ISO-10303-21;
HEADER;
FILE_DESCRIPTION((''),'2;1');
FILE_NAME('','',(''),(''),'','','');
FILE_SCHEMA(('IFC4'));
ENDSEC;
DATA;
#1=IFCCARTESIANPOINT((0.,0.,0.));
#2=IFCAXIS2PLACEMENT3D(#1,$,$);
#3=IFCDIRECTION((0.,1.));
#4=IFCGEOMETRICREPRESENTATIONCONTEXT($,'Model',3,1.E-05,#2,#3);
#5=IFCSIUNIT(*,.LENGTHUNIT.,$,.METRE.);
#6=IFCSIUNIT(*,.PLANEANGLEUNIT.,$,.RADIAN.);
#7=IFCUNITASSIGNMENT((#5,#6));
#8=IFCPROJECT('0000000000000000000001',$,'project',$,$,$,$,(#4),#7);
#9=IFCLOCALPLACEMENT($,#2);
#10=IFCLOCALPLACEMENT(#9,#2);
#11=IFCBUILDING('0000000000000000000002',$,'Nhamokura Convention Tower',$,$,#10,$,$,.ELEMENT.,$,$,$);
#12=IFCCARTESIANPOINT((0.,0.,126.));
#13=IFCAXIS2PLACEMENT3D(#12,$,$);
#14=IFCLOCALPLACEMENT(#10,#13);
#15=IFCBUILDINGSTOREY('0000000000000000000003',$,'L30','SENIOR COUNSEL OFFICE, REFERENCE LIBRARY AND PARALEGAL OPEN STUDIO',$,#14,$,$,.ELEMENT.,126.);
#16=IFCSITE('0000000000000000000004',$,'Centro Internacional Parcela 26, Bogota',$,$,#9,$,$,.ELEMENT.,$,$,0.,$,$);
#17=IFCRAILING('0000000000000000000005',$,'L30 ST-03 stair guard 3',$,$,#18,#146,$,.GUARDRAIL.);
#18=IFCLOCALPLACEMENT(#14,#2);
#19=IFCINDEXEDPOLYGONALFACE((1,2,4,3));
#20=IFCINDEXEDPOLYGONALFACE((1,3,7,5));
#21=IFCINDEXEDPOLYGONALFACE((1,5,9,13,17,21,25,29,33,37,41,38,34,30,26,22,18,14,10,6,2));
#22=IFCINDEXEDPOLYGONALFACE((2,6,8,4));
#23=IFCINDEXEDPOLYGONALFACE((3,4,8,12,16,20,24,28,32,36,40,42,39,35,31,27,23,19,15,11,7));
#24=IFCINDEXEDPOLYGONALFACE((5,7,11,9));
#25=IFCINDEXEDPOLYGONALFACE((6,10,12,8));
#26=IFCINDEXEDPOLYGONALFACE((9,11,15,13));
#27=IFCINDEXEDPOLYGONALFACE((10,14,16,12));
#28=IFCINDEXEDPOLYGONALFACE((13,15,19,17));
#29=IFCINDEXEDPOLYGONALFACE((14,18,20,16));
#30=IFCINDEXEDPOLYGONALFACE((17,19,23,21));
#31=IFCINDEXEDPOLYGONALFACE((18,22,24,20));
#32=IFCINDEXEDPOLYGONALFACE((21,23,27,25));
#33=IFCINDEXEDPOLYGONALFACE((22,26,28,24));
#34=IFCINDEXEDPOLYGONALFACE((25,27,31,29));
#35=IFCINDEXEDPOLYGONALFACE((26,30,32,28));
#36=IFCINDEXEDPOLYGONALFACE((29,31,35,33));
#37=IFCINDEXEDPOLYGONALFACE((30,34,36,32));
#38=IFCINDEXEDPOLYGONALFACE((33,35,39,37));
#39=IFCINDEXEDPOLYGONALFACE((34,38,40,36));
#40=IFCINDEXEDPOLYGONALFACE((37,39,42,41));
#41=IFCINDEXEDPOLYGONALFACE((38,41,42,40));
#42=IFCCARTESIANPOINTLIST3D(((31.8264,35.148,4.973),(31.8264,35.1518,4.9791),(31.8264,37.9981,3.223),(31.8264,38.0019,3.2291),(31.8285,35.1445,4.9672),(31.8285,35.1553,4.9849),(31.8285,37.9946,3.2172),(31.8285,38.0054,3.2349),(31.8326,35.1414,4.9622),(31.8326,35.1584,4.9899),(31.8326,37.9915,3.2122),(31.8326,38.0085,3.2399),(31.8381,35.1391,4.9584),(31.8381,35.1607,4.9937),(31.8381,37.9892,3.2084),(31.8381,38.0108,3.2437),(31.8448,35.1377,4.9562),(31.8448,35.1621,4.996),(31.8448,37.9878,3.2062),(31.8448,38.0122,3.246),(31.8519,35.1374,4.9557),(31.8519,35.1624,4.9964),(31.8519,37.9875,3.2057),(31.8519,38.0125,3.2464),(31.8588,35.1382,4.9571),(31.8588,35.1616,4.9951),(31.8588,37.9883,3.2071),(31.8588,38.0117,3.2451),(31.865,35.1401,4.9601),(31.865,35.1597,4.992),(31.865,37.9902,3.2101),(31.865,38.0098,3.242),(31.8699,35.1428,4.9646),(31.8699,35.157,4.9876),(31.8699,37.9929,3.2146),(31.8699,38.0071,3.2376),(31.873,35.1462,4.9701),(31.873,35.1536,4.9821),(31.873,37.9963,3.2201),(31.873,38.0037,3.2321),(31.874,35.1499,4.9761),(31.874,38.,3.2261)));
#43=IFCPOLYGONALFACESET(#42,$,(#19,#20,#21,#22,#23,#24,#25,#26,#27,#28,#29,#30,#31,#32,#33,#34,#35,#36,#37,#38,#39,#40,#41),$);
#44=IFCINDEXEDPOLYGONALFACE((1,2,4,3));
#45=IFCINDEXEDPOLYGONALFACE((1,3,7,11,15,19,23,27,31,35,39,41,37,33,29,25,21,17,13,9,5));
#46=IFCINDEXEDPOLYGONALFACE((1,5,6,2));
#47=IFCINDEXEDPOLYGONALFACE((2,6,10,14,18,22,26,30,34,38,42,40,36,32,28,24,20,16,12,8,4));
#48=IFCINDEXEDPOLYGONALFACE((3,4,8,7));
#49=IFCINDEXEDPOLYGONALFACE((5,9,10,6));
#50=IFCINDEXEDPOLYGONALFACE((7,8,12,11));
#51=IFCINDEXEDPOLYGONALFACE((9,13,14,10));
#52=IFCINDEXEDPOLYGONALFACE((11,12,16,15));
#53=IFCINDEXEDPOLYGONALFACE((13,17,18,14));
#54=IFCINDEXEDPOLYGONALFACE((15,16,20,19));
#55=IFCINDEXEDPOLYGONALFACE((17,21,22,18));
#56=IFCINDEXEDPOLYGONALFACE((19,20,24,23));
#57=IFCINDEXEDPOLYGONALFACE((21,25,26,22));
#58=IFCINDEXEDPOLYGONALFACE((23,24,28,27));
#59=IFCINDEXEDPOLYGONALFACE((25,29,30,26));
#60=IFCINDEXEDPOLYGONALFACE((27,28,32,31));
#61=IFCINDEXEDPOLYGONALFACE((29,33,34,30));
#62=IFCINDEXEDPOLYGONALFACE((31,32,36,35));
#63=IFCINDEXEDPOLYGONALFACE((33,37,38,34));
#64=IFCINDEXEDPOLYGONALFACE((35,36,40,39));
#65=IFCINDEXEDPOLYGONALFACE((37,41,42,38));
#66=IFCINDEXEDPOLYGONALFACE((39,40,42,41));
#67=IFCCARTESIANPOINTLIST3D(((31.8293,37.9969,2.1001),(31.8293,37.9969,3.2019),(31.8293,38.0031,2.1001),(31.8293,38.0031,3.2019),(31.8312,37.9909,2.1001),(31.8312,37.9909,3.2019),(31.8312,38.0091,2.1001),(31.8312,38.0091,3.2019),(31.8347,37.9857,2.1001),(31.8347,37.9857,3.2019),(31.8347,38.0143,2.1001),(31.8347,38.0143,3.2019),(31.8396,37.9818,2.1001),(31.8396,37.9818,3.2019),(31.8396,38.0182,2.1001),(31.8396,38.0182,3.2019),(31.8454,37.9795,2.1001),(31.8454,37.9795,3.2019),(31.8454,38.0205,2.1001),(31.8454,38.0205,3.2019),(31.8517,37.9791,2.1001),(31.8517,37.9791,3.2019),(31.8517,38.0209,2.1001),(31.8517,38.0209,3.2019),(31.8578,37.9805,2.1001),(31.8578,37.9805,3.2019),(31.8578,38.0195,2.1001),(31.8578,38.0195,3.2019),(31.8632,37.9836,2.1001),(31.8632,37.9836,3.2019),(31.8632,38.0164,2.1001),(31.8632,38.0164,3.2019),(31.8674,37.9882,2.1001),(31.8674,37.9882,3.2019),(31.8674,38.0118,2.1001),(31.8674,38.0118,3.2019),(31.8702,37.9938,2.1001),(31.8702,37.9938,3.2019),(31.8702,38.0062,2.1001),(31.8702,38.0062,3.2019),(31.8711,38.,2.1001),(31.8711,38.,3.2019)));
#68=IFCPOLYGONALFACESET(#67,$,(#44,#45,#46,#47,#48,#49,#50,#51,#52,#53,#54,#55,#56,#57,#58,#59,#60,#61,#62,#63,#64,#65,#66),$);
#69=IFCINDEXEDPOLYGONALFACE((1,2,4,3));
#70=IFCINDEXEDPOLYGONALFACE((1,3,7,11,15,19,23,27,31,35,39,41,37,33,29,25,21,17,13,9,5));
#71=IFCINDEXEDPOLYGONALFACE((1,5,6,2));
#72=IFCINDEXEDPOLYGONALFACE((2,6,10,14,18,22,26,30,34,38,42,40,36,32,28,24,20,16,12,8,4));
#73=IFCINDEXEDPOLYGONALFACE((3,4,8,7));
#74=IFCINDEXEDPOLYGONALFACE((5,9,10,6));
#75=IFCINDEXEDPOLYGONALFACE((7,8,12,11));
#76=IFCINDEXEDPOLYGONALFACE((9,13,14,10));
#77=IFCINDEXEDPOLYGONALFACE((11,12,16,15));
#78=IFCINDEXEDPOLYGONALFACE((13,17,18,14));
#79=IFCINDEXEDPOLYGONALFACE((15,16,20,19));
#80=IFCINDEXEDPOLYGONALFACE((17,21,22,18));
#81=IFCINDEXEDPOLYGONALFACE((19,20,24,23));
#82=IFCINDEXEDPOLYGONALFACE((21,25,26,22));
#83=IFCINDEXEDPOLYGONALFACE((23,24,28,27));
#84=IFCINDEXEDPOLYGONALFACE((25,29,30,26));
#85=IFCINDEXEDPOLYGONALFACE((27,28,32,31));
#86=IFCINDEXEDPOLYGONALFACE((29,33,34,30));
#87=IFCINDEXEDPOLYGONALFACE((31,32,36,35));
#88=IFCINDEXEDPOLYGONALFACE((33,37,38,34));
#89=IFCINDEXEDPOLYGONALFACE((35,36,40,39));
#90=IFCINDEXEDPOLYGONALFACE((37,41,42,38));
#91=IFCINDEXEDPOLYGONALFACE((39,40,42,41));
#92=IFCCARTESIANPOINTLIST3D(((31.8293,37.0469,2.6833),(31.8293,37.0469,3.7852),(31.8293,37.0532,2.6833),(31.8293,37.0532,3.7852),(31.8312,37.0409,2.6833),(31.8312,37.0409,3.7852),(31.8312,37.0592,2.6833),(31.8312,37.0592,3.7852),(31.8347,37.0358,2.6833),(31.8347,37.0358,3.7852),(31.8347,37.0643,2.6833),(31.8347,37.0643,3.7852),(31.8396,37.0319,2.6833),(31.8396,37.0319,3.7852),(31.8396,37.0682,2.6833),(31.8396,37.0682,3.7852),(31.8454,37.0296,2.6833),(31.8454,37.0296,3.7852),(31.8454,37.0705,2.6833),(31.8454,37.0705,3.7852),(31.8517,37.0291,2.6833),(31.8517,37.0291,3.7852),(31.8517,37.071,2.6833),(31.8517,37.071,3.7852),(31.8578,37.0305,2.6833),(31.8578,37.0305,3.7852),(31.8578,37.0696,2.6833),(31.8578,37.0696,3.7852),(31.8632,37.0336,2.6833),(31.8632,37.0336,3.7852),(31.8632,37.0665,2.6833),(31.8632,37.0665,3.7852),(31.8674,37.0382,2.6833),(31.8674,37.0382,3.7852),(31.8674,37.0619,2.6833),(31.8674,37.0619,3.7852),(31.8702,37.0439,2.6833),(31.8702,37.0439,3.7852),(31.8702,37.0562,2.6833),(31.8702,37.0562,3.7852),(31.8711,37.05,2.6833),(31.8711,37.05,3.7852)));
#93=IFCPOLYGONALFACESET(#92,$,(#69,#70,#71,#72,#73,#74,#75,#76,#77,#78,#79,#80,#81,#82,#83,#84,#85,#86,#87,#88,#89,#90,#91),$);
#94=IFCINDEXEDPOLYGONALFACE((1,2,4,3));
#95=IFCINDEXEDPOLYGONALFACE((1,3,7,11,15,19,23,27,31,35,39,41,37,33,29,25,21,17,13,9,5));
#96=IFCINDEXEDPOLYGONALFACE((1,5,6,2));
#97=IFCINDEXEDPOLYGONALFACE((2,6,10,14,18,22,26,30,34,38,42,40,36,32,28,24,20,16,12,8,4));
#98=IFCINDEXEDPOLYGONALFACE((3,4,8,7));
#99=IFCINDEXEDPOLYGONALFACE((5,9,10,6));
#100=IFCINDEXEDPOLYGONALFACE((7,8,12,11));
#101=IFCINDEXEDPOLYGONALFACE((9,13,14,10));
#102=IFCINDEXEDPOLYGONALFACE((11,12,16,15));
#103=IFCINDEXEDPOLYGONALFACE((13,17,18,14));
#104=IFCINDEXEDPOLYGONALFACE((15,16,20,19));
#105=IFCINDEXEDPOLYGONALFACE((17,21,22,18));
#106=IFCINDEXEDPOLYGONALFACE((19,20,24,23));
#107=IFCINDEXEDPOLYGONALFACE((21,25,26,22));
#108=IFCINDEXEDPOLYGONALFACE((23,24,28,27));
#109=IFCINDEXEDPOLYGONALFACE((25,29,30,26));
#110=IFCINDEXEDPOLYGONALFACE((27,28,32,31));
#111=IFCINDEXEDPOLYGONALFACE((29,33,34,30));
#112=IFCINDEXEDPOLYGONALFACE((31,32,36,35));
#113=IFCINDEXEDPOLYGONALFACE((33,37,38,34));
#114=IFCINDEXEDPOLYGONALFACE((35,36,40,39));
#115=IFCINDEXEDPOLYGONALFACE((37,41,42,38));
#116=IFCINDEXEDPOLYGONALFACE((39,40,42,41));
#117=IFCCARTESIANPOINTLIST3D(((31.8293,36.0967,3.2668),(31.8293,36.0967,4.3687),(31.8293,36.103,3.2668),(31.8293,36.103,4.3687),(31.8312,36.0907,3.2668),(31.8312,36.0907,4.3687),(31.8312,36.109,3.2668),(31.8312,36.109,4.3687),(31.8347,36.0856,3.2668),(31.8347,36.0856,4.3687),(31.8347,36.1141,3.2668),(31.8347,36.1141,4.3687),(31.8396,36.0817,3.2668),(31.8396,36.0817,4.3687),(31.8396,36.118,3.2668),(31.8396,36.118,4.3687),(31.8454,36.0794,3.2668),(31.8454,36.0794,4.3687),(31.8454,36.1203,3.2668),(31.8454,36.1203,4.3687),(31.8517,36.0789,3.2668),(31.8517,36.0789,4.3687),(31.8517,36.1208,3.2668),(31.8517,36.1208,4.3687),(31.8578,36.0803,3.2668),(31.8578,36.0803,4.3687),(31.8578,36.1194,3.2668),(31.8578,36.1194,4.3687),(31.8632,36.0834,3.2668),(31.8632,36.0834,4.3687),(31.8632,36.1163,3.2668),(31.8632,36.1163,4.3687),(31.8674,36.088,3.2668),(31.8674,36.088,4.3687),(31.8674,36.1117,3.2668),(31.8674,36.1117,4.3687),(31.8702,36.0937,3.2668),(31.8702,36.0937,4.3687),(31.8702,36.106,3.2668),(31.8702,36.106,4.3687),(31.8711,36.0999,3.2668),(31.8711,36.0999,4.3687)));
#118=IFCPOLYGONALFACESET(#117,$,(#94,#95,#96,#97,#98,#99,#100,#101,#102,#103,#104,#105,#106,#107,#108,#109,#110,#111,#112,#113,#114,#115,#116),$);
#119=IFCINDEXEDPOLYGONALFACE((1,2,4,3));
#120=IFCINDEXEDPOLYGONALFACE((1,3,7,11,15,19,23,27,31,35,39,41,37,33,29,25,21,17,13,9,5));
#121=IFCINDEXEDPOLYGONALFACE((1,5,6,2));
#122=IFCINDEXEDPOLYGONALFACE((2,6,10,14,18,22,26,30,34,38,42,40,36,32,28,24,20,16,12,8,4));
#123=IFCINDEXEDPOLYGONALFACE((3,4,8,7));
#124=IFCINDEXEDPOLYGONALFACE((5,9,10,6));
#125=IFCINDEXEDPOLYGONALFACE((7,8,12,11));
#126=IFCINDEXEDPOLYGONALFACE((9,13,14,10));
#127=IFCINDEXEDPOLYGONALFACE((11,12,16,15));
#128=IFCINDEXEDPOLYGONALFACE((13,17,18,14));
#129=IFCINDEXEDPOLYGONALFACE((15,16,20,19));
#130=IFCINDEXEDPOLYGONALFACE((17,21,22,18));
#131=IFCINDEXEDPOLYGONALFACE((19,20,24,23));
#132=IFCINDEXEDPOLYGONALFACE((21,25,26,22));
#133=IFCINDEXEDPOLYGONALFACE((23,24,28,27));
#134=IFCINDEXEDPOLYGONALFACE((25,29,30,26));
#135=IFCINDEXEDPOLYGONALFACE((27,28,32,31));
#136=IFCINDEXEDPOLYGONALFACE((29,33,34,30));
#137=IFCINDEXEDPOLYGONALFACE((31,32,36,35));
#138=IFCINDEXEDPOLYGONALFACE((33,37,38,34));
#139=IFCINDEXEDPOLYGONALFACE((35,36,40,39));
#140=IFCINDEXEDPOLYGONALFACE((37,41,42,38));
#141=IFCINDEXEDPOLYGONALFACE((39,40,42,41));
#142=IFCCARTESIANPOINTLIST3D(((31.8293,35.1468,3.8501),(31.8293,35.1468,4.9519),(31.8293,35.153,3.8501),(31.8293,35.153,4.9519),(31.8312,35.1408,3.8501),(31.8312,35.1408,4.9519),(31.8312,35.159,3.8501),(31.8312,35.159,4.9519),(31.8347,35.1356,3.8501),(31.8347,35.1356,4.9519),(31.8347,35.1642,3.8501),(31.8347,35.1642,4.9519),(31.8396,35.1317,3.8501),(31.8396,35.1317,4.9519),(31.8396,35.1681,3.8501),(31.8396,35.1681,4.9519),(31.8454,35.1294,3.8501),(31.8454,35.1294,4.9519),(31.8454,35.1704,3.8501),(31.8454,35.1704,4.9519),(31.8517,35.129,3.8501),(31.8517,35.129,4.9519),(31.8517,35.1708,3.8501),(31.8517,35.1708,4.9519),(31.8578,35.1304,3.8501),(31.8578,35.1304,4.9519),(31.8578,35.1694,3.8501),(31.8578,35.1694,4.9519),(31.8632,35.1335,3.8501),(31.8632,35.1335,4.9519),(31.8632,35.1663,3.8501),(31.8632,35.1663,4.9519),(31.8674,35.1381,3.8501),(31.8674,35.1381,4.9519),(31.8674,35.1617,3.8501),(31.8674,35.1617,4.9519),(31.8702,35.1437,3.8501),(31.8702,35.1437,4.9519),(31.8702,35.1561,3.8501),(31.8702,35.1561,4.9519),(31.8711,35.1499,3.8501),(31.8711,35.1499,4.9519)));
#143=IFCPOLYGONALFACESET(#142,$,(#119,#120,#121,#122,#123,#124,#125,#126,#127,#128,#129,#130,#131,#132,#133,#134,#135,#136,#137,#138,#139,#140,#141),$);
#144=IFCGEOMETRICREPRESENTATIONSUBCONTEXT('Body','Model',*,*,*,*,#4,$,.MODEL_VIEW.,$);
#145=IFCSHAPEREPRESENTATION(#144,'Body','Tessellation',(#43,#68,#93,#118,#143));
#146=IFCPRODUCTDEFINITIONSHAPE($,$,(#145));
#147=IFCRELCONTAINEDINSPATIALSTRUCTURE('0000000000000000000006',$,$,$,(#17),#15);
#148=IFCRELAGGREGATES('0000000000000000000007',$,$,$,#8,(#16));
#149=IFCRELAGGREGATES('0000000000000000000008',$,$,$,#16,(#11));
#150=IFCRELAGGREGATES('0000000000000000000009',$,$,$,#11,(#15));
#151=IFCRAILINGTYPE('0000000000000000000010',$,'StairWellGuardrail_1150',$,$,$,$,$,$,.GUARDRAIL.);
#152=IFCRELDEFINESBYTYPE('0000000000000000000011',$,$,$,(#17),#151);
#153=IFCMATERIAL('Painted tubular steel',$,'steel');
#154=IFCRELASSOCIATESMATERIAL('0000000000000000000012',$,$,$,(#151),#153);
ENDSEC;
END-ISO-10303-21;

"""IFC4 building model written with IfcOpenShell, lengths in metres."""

from ifc_helpers import new_model, si_unit, direction, frame, origin, origin_2d, place, context, subcontext, project, spatial, circle, extrude, material, type_object, element, save


model = new_model("IFC4")

# Units and contexts
model_context = context("Model", 3, precision=1e-05, world=origin(), true_north=direction((0.0, 1.0)))
body_context = subcontext(model_context, "Body", "Model", "MODEL_VIEW")
ifc_project = project(units=[si_unit("LENGTHUNIT", "METRE"), si_unit("PLANEANGLEUNIT", "RADIAN")], contexts=[model_context])

# Site, building, storey
site_placement = place(None, origin())
site = spatial("IfcSite", under=ifc_project, at=site_placement, Name="Centro Internacional Parcela 26, Bogota", CompositionType="ELEMENT", RefElevation=0.0)
building_placement = place(site_placement, origin())
building = spatial("IfcBuilding", under=site, at=building_placement, Name="Nhamokura Convention Tower", CompositionType="ELEMENT")
storey_placement = place(building_placement, frame((0.0, 0.0, 126.0)))
storey = spatial("IfcBuildingStorey", under=building, at=storey_placement, Name="L30", Description="SENIOR COUNSEL OFFICE, REFERENCE LIBRARY AND PARALEGAL OPEN STUDIO", CompositionType="ELEMENT", Elevation=126.0)

# Railing
ifc_material_1 = material(Name="Painted tubular steel", Category="steel")
railing_type_1 = type_object("IfcRailingType", Name="StairWellGuardrail_1150", PredefinedType="GUARDRAIL", material=ifc_material_1)
railing_1_placement = place(storey_placement, frame((31.8501, 38.0, 2.1001)))
element("IfcRailing", 1, at=railing_1_placement, inside=storey, type_object=railing_type_1, Name="L30 ST-03 stair guard 3", PredefinedType="GUARDRAIL", context=body_context, shape_type="SweptSolid", body=[
    extrude(circle(Radius=0.0239, at=origin_2d()), frame((0.0, 0.0, 1.126), z_axis=(0.0, -0.852179, 0.52325), x_axis=(1.0, 0.0, 0.0)), (0.0, 0.0, 1.0), 3.3445),
    extrude(circle(Radius=0.021, at=origin_2d()), origin(), (0.0, 0.0, 1.0), 1.1018),
    extrude(circle(Radius=0.021, at=origin_2d()), frame((0.0, -0.95, 0.5833)), (0.0, 0.0, 1.0), 1.1018),
    extrude(circle(Radius=0.021, at=origin_2d()), frame((0.0, -1.9001, 1.1667)), (0.0, 0.0, 1.0), 1.1018),
    extrude(circle(Radius=0.021, at=origin_2d()), frame((0.0, -2.8501, 1.75)), (0.0, 0.0, 1.0), 1.1018),
])

save(model, "model.ifc")
